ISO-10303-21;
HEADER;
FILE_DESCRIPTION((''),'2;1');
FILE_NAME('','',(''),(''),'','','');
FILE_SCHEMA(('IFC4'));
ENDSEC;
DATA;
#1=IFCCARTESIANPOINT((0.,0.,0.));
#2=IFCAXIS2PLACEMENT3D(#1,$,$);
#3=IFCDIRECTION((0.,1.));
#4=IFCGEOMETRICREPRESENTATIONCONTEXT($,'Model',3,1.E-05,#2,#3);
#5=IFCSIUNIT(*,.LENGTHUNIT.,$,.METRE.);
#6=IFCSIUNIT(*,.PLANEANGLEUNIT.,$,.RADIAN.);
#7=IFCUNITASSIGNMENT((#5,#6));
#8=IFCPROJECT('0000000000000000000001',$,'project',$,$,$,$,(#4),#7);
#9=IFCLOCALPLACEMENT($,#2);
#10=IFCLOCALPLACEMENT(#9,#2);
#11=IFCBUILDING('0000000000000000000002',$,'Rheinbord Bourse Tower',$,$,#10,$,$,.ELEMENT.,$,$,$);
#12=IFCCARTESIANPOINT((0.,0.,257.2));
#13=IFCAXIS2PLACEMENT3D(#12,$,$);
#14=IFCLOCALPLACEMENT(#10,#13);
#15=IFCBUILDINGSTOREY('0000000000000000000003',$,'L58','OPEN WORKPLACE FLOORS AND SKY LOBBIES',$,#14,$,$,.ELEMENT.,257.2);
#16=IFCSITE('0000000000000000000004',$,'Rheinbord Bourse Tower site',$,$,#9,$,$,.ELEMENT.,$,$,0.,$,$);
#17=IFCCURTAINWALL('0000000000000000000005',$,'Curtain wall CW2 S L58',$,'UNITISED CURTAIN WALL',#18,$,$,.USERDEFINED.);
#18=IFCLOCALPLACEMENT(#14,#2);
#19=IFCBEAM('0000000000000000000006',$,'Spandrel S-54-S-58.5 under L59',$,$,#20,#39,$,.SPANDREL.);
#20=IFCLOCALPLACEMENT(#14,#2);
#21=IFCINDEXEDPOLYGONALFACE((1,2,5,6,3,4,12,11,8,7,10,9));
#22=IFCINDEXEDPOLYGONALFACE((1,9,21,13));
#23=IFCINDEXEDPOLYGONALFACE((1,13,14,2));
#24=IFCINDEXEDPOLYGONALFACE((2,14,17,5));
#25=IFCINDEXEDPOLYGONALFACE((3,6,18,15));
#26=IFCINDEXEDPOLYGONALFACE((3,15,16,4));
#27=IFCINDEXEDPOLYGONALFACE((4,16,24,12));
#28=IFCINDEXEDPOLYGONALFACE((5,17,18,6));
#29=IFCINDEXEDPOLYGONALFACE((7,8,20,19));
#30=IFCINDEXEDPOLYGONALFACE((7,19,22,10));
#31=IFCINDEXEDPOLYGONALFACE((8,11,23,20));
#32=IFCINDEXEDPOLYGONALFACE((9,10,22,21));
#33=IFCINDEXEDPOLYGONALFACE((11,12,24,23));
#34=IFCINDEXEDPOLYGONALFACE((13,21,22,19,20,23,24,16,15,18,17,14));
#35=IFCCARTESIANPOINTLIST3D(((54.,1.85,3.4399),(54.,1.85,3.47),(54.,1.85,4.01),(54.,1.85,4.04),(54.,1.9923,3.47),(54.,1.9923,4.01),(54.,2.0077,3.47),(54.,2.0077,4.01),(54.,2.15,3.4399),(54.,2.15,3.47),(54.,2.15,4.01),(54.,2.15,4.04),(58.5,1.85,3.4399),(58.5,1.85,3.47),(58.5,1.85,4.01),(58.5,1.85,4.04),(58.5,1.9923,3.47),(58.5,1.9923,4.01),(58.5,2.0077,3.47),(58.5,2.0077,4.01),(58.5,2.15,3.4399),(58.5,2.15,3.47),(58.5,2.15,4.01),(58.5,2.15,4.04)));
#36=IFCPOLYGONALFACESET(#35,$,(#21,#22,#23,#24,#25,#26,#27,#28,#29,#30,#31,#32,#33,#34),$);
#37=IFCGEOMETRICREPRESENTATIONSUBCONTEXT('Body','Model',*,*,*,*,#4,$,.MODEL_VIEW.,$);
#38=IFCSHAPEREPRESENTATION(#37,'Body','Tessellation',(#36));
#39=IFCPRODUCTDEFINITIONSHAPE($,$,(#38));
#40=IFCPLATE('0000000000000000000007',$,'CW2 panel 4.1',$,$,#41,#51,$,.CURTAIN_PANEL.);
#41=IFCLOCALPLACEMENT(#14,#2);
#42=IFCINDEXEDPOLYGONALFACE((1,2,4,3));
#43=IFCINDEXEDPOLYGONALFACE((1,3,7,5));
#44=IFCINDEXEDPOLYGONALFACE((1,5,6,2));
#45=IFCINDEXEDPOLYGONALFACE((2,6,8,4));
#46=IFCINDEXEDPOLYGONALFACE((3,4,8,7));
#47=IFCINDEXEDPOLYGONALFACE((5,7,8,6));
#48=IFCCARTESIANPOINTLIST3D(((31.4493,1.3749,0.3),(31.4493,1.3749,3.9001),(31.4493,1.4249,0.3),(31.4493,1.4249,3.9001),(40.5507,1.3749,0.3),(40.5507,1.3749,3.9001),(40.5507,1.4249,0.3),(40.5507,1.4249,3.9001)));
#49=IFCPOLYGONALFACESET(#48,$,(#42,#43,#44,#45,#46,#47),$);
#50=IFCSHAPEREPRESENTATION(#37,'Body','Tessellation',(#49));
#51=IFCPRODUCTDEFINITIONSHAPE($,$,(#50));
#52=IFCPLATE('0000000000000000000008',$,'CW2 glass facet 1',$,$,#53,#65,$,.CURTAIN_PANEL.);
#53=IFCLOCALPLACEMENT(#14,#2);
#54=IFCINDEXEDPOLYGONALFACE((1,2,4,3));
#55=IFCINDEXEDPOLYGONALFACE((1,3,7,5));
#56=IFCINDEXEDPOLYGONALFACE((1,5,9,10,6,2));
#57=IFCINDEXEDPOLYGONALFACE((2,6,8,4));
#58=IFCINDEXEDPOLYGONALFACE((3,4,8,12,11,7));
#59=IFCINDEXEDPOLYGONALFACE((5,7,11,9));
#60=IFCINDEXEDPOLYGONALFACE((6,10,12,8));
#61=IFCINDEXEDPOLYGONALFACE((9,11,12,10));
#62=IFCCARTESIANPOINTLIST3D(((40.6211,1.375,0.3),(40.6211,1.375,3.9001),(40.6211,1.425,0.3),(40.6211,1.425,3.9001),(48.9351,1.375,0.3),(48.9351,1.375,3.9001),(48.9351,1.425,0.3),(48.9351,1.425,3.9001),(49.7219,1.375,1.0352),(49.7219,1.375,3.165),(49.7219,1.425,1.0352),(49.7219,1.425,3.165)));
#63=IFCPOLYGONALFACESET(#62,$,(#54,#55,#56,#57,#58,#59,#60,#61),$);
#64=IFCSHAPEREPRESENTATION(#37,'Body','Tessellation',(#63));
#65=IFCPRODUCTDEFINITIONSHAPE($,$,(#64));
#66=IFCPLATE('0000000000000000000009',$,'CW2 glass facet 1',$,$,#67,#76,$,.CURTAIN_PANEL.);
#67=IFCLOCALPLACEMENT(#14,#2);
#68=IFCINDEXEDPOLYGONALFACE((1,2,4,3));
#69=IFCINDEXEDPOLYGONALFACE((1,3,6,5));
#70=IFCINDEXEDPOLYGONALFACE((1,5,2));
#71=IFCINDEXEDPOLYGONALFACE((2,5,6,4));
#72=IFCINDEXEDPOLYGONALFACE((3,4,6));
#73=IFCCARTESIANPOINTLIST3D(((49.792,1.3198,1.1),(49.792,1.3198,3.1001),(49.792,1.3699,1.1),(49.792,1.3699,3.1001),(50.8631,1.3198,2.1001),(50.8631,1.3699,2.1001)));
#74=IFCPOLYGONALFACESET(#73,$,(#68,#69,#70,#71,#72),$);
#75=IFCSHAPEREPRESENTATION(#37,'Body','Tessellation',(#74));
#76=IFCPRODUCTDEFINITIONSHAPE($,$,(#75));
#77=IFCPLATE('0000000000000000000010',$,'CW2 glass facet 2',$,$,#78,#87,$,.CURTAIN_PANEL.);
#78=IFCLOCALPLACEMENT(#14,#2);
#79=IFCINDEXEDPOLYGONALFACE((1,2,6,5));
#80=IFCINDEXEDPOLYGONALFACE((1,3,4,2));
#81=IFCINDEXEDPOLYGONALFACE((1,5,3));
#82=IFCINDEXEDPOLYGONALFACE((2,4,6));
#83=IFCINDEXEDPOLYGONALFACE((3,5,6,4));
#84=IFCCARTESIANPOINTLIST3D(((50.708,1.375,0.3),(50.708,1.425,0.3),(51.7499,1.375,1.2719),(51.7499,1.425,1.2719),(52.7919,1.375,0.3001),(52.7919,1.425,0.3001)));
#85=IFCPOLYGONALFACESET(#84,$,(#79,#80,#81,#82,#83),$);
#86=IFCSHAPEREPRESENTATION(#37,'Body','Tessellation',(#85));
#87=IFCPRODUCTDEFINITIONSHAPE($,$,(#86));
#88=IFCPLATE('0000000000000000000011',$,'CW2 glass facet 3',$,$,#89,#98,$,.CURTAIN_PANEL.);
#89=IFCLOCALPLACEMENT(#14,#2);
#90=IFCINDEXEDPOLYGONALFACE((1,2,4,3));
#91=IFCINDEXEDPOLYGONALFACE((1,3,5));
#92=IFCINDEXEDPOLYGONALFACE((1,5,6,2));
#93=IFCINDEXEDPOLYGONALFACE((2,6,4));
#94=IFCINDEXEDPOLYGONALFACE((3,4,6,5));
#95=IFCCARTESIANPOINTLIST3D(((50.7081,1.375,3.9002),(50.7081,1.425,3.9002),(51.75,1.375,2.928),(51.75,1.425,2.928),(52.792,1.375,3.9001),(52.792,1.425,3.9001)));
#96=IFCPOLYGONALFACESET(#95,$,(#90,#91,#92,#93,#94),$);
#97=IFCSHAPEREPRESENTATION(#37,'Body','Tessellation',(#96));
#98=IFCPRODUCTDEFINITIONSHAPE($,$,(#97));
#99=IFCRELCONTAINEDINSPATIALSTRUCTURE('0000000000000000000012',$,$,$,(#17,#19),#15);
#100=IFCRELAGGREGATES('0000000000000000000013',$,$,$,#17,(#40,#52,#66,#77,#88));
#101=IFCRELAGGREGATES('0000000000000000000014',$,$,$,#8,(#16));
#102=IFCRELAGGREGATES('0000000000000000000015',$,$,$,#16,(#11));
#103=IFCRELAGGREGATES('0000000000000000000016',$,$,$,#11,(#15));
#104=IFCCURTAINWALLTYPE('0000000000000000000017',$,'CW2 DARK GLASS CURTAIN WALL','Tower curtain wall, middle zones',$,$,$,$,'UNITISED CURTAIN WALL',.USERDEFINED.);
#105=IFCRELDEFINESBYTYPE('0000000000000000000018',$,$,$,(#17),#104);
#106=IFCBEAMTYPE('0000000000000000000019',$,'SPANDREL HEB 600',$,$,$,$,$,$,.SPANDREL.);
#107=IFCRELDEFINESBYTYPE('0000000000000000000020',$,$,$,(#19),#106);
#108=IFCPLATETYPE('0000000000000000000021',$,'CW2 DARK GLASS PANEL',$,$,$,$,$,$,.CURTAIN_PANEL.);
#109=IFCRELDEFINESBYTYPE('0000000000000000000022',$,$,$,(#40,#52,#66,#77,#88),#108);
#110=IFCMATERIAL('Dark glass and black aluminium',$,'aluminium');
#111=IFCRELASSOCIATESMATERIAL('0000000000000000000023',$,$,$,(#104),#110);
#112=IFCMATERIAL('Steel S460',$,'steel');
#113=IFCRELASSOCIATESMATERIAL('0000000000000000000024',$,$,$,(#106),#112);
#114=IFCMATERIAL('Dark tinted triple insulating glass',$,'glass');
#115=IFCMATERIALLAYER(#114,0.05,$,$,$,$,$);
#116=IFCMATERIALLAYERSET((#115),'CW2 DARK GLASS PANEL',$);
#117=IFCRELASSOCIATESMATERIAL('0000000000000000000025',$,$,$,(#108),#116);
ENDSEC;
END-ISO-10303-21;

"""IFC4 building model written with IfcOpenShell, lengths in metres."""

from ifc_helpers import new_model, si_unit, direction, frame, origin, origin_2d, place, context, subcontext, project, spatial, polyline, rectangle, i_section, outline, extrude, material, layer, layer_set, material_profile, profile_set, type_object, element, aggregate, save


model = new_model("IFC4")

# Units and contexts
model_context = context("Model", 3, precision=1e-05, world=origin(), true_north=direction((0.0, 1.0)))
body_context = subcontext(model_context, "Body", "Model", "MODEL_VIEW")
ifc_project = project(units=[si_unit("LENGTHUNIT", "METRE"), si_unit("PLANEANGLEUNIT", "RADIAN")], contexts=[model_context])

# Site, building, storey
site_placement = place(None, origin())
site = spatial("IfcSite", under=ifc_project, at=site_placement, Name="Rheinbord Bourse Tower site", CompositionType="ELEMENT", RefElevation=0.0)
building_placement = place(site_placement, origin())
building = spatial("IfcBuilding", under=site, at=building_placement, Name="Rheinbord Bourse Tower", CompositionType="ELEMENT")
storey_placement = place(building_placement, frame((0.0, 0.0, 257.2)))
storey = spatial("IfcBuildingStorey", under=building, at=storey_placement, Name="L58", Description="OPEN WORKPLACE FLOORS AND SKY LOBBIES", CompositionType="ELEMENT", Elevation=257.2)

# Curtain wall
ifc_material_1 = material(Name="Dark glass and black aluminium", Category="aluminium")
curtain_wall_type = type_object("IfcCurtainWallType", Name="CW2 DARK GLASS CURTAIN WALL", Description="Tower curtain wall, middle zones", ElementType="UNITISED CURTAIN WALL", PredefinedType="USERDEFINED", material=ifc_material_1)
curtain_wall_placement = place(storey_placement, origin())
curtain_wall = element("IfcCurtainWall", 1, at=curtain_wall_placement, inside=storey, type_object=curtain_wall_type, Name="Curtain wall CW2 S L58", ObjectType="UNITISED CURTAIN WALL", PredefinedType="USERDEFINED")

# Beam
ifc_material_2 = material(Name="Steel S460", Category="steel")
ifc_material_profile_1 = material_profile(ifc_material_2, i_section(OverallWidth=0.3, OverallDepth=0.6001, WebThickness=0.0154, FlangeThickness=0.03, at=origin_2d()), Name="HEB 600")
ifc_profile_set_1 = profile_set([ifc_material_profile_1], Name="Steel S460")
beam_type_1 = type_object("IfcBeamType", Name="SPANDREL HEB 600", PredefinedType="SPANDREL", material=ifc_profile_set_1)
for number, where, z_axis, x_axis, name in (
    (2, (54.0, 2.0, 3.74), (1.0, 0.0, 0.0), (0.0, 1.0, 0.0), "Spandrel S-54-S-58.5 under L59"),
):
    element("IfcBeam", number, at=place(storey_placement, frame(where, z_axis=z_axis, x_axis=x_axis)), inside=storey, type_object=beam_type_1, Name=name, PredefinedType="SPANDREL", context=body_context, shape_type="SweptSolid", body=[
        extrude(i_section(OverallWidth=0.3, OverallDepth=0.6001, WebThickness=0.0154, FlangeThickness=0.03, at=origin_2d()), origin(), (0.0, 0.0, 1.0), 4.5),
    ])

# Plates
ifc_material_3 = material(Name="Dark tinted triple insulating glass", Category="glass")
ifc_layer = layer(ifc_material_3, 0.05)
ifc_layer_set = layer_set([ifc_layer], Name="CW2 DARK GLASS PANEL")
plate_type = type_object("IfcPlateType", Name="CW2 DARK GLASS PANEL", PredefinedType="CURTAIN_PANEL", material=ifc_layer_set)
plate_1_placement = place(storey_placement, frame((36.0, 1.3999, 0.3), z_axis=(0.0, 0.0, 1.0), x_axis=(1.0, 0.0, 0.0)))
plate_1 = element("IfcPlate", 3, at=plate_1_placement, type_object=plate_type, Name="CW2 panel 4.1", PredefinedType="CURTAIN_PANEL", context=body_context, shape_type="SweptSolid", body=[
    extrude(rectangle(XDim=9.1013, YDim=0.05, at=origin_2d()), origin(), (0.0, 0.0, 1.0), 3.6001),
])
plate_2_placement = place(storey_placement, frame((40.6211, 1.375, 0.3), z_axis=(0.0, 1.0, 0.0), x_axis=(0.0, 0.0, 1.0)))
plate_2 = element("IfcPlate", 4, at=plate_2_placement, type_object=plate_type, Name="CW2 glass facet 1", PredefinedType="CURTAIN_PANEL", context=body_context, shape_type="SweptSolid", body=[
    extrude(outline(polyline([(0.0, 0.0), (3.6001, 0.0), (3.6001, 8.314), (2.865, 9.1008), (0.7351, 9.1008), (0.0, 8.314), (0.0, 0.0)])), origin(), (0.0, 0.0, 1.0), 0.05),
])
plate_3_placement = place(storey_placement, frame((49.792, 1.3198, 3.1001), z_axis=(0.0, 1.0, 0.0), x_axis=(0.730933, 0.0, -0.682449)))
plate_3 = element("IfcPlate", 5, at=plate_3_placement, type_object=plate_type, Name="CW2 glass facet 1", PredefinedType="CURTAIN_PANEL", context=body_context, shape_type="SweptSolid", body=[
    extrude(outline(polyline([(0.0, 0.0), (1.4653, 0.0), (1.365, 1.4619), (0.0, 0.0)])), origin(), (0.0, 0.0, 1.0), 0.05),
])
plate_4_placement = place(storey_placement, frame((50.708, 1.375, 0.3), z_axis=(0.0, 1.0, 0.0), x_axis=(0.731266, 0.0, 0.682092)))
plate_4 = element("IfcPlate", 6, at=plate_4_placement, type_object=plate_type, Name="CW2 glass facet 2", PredefinedType="CURTAIN_PANEL", context=body_context, shape_type="SweptSolid", body=[
    extrude(outline(polyline([(0.0, 0.0), (1.4248, 0.0), (1.5239, 1.4214), (0.0, 0.0)])), origin(), (0.0, 0.0, 1.0), 0.05),
])
plate_5_placement = place(storey_placement, frame((52.792, 1.375, 3.9001), z_axis=(0.0, 1.0, 0.0), x_axis=(-0.731181, 0.0, -0.682184)))
plate_5 = element("IfcPlate", 7, at=plate_5_placement, type_object=plate_type, Name="CW2 glass facet 3", PredefinedType="CURTAIN_PANEL", context=body_context, shape_type="SweptSolid", body=[
    extrude(outline(polyline([(0.0, 0.0), (1.425, 0.0), (1.5237, 1.4216), (0.0, 0.0)])), origin(), (0.0, 0.0, 1.0), 0.05),
])
aggregate(curtain_wall, [plate_1, plate_2, plate_3, plate_4, plate_5])

save(model, "model.ifc")
